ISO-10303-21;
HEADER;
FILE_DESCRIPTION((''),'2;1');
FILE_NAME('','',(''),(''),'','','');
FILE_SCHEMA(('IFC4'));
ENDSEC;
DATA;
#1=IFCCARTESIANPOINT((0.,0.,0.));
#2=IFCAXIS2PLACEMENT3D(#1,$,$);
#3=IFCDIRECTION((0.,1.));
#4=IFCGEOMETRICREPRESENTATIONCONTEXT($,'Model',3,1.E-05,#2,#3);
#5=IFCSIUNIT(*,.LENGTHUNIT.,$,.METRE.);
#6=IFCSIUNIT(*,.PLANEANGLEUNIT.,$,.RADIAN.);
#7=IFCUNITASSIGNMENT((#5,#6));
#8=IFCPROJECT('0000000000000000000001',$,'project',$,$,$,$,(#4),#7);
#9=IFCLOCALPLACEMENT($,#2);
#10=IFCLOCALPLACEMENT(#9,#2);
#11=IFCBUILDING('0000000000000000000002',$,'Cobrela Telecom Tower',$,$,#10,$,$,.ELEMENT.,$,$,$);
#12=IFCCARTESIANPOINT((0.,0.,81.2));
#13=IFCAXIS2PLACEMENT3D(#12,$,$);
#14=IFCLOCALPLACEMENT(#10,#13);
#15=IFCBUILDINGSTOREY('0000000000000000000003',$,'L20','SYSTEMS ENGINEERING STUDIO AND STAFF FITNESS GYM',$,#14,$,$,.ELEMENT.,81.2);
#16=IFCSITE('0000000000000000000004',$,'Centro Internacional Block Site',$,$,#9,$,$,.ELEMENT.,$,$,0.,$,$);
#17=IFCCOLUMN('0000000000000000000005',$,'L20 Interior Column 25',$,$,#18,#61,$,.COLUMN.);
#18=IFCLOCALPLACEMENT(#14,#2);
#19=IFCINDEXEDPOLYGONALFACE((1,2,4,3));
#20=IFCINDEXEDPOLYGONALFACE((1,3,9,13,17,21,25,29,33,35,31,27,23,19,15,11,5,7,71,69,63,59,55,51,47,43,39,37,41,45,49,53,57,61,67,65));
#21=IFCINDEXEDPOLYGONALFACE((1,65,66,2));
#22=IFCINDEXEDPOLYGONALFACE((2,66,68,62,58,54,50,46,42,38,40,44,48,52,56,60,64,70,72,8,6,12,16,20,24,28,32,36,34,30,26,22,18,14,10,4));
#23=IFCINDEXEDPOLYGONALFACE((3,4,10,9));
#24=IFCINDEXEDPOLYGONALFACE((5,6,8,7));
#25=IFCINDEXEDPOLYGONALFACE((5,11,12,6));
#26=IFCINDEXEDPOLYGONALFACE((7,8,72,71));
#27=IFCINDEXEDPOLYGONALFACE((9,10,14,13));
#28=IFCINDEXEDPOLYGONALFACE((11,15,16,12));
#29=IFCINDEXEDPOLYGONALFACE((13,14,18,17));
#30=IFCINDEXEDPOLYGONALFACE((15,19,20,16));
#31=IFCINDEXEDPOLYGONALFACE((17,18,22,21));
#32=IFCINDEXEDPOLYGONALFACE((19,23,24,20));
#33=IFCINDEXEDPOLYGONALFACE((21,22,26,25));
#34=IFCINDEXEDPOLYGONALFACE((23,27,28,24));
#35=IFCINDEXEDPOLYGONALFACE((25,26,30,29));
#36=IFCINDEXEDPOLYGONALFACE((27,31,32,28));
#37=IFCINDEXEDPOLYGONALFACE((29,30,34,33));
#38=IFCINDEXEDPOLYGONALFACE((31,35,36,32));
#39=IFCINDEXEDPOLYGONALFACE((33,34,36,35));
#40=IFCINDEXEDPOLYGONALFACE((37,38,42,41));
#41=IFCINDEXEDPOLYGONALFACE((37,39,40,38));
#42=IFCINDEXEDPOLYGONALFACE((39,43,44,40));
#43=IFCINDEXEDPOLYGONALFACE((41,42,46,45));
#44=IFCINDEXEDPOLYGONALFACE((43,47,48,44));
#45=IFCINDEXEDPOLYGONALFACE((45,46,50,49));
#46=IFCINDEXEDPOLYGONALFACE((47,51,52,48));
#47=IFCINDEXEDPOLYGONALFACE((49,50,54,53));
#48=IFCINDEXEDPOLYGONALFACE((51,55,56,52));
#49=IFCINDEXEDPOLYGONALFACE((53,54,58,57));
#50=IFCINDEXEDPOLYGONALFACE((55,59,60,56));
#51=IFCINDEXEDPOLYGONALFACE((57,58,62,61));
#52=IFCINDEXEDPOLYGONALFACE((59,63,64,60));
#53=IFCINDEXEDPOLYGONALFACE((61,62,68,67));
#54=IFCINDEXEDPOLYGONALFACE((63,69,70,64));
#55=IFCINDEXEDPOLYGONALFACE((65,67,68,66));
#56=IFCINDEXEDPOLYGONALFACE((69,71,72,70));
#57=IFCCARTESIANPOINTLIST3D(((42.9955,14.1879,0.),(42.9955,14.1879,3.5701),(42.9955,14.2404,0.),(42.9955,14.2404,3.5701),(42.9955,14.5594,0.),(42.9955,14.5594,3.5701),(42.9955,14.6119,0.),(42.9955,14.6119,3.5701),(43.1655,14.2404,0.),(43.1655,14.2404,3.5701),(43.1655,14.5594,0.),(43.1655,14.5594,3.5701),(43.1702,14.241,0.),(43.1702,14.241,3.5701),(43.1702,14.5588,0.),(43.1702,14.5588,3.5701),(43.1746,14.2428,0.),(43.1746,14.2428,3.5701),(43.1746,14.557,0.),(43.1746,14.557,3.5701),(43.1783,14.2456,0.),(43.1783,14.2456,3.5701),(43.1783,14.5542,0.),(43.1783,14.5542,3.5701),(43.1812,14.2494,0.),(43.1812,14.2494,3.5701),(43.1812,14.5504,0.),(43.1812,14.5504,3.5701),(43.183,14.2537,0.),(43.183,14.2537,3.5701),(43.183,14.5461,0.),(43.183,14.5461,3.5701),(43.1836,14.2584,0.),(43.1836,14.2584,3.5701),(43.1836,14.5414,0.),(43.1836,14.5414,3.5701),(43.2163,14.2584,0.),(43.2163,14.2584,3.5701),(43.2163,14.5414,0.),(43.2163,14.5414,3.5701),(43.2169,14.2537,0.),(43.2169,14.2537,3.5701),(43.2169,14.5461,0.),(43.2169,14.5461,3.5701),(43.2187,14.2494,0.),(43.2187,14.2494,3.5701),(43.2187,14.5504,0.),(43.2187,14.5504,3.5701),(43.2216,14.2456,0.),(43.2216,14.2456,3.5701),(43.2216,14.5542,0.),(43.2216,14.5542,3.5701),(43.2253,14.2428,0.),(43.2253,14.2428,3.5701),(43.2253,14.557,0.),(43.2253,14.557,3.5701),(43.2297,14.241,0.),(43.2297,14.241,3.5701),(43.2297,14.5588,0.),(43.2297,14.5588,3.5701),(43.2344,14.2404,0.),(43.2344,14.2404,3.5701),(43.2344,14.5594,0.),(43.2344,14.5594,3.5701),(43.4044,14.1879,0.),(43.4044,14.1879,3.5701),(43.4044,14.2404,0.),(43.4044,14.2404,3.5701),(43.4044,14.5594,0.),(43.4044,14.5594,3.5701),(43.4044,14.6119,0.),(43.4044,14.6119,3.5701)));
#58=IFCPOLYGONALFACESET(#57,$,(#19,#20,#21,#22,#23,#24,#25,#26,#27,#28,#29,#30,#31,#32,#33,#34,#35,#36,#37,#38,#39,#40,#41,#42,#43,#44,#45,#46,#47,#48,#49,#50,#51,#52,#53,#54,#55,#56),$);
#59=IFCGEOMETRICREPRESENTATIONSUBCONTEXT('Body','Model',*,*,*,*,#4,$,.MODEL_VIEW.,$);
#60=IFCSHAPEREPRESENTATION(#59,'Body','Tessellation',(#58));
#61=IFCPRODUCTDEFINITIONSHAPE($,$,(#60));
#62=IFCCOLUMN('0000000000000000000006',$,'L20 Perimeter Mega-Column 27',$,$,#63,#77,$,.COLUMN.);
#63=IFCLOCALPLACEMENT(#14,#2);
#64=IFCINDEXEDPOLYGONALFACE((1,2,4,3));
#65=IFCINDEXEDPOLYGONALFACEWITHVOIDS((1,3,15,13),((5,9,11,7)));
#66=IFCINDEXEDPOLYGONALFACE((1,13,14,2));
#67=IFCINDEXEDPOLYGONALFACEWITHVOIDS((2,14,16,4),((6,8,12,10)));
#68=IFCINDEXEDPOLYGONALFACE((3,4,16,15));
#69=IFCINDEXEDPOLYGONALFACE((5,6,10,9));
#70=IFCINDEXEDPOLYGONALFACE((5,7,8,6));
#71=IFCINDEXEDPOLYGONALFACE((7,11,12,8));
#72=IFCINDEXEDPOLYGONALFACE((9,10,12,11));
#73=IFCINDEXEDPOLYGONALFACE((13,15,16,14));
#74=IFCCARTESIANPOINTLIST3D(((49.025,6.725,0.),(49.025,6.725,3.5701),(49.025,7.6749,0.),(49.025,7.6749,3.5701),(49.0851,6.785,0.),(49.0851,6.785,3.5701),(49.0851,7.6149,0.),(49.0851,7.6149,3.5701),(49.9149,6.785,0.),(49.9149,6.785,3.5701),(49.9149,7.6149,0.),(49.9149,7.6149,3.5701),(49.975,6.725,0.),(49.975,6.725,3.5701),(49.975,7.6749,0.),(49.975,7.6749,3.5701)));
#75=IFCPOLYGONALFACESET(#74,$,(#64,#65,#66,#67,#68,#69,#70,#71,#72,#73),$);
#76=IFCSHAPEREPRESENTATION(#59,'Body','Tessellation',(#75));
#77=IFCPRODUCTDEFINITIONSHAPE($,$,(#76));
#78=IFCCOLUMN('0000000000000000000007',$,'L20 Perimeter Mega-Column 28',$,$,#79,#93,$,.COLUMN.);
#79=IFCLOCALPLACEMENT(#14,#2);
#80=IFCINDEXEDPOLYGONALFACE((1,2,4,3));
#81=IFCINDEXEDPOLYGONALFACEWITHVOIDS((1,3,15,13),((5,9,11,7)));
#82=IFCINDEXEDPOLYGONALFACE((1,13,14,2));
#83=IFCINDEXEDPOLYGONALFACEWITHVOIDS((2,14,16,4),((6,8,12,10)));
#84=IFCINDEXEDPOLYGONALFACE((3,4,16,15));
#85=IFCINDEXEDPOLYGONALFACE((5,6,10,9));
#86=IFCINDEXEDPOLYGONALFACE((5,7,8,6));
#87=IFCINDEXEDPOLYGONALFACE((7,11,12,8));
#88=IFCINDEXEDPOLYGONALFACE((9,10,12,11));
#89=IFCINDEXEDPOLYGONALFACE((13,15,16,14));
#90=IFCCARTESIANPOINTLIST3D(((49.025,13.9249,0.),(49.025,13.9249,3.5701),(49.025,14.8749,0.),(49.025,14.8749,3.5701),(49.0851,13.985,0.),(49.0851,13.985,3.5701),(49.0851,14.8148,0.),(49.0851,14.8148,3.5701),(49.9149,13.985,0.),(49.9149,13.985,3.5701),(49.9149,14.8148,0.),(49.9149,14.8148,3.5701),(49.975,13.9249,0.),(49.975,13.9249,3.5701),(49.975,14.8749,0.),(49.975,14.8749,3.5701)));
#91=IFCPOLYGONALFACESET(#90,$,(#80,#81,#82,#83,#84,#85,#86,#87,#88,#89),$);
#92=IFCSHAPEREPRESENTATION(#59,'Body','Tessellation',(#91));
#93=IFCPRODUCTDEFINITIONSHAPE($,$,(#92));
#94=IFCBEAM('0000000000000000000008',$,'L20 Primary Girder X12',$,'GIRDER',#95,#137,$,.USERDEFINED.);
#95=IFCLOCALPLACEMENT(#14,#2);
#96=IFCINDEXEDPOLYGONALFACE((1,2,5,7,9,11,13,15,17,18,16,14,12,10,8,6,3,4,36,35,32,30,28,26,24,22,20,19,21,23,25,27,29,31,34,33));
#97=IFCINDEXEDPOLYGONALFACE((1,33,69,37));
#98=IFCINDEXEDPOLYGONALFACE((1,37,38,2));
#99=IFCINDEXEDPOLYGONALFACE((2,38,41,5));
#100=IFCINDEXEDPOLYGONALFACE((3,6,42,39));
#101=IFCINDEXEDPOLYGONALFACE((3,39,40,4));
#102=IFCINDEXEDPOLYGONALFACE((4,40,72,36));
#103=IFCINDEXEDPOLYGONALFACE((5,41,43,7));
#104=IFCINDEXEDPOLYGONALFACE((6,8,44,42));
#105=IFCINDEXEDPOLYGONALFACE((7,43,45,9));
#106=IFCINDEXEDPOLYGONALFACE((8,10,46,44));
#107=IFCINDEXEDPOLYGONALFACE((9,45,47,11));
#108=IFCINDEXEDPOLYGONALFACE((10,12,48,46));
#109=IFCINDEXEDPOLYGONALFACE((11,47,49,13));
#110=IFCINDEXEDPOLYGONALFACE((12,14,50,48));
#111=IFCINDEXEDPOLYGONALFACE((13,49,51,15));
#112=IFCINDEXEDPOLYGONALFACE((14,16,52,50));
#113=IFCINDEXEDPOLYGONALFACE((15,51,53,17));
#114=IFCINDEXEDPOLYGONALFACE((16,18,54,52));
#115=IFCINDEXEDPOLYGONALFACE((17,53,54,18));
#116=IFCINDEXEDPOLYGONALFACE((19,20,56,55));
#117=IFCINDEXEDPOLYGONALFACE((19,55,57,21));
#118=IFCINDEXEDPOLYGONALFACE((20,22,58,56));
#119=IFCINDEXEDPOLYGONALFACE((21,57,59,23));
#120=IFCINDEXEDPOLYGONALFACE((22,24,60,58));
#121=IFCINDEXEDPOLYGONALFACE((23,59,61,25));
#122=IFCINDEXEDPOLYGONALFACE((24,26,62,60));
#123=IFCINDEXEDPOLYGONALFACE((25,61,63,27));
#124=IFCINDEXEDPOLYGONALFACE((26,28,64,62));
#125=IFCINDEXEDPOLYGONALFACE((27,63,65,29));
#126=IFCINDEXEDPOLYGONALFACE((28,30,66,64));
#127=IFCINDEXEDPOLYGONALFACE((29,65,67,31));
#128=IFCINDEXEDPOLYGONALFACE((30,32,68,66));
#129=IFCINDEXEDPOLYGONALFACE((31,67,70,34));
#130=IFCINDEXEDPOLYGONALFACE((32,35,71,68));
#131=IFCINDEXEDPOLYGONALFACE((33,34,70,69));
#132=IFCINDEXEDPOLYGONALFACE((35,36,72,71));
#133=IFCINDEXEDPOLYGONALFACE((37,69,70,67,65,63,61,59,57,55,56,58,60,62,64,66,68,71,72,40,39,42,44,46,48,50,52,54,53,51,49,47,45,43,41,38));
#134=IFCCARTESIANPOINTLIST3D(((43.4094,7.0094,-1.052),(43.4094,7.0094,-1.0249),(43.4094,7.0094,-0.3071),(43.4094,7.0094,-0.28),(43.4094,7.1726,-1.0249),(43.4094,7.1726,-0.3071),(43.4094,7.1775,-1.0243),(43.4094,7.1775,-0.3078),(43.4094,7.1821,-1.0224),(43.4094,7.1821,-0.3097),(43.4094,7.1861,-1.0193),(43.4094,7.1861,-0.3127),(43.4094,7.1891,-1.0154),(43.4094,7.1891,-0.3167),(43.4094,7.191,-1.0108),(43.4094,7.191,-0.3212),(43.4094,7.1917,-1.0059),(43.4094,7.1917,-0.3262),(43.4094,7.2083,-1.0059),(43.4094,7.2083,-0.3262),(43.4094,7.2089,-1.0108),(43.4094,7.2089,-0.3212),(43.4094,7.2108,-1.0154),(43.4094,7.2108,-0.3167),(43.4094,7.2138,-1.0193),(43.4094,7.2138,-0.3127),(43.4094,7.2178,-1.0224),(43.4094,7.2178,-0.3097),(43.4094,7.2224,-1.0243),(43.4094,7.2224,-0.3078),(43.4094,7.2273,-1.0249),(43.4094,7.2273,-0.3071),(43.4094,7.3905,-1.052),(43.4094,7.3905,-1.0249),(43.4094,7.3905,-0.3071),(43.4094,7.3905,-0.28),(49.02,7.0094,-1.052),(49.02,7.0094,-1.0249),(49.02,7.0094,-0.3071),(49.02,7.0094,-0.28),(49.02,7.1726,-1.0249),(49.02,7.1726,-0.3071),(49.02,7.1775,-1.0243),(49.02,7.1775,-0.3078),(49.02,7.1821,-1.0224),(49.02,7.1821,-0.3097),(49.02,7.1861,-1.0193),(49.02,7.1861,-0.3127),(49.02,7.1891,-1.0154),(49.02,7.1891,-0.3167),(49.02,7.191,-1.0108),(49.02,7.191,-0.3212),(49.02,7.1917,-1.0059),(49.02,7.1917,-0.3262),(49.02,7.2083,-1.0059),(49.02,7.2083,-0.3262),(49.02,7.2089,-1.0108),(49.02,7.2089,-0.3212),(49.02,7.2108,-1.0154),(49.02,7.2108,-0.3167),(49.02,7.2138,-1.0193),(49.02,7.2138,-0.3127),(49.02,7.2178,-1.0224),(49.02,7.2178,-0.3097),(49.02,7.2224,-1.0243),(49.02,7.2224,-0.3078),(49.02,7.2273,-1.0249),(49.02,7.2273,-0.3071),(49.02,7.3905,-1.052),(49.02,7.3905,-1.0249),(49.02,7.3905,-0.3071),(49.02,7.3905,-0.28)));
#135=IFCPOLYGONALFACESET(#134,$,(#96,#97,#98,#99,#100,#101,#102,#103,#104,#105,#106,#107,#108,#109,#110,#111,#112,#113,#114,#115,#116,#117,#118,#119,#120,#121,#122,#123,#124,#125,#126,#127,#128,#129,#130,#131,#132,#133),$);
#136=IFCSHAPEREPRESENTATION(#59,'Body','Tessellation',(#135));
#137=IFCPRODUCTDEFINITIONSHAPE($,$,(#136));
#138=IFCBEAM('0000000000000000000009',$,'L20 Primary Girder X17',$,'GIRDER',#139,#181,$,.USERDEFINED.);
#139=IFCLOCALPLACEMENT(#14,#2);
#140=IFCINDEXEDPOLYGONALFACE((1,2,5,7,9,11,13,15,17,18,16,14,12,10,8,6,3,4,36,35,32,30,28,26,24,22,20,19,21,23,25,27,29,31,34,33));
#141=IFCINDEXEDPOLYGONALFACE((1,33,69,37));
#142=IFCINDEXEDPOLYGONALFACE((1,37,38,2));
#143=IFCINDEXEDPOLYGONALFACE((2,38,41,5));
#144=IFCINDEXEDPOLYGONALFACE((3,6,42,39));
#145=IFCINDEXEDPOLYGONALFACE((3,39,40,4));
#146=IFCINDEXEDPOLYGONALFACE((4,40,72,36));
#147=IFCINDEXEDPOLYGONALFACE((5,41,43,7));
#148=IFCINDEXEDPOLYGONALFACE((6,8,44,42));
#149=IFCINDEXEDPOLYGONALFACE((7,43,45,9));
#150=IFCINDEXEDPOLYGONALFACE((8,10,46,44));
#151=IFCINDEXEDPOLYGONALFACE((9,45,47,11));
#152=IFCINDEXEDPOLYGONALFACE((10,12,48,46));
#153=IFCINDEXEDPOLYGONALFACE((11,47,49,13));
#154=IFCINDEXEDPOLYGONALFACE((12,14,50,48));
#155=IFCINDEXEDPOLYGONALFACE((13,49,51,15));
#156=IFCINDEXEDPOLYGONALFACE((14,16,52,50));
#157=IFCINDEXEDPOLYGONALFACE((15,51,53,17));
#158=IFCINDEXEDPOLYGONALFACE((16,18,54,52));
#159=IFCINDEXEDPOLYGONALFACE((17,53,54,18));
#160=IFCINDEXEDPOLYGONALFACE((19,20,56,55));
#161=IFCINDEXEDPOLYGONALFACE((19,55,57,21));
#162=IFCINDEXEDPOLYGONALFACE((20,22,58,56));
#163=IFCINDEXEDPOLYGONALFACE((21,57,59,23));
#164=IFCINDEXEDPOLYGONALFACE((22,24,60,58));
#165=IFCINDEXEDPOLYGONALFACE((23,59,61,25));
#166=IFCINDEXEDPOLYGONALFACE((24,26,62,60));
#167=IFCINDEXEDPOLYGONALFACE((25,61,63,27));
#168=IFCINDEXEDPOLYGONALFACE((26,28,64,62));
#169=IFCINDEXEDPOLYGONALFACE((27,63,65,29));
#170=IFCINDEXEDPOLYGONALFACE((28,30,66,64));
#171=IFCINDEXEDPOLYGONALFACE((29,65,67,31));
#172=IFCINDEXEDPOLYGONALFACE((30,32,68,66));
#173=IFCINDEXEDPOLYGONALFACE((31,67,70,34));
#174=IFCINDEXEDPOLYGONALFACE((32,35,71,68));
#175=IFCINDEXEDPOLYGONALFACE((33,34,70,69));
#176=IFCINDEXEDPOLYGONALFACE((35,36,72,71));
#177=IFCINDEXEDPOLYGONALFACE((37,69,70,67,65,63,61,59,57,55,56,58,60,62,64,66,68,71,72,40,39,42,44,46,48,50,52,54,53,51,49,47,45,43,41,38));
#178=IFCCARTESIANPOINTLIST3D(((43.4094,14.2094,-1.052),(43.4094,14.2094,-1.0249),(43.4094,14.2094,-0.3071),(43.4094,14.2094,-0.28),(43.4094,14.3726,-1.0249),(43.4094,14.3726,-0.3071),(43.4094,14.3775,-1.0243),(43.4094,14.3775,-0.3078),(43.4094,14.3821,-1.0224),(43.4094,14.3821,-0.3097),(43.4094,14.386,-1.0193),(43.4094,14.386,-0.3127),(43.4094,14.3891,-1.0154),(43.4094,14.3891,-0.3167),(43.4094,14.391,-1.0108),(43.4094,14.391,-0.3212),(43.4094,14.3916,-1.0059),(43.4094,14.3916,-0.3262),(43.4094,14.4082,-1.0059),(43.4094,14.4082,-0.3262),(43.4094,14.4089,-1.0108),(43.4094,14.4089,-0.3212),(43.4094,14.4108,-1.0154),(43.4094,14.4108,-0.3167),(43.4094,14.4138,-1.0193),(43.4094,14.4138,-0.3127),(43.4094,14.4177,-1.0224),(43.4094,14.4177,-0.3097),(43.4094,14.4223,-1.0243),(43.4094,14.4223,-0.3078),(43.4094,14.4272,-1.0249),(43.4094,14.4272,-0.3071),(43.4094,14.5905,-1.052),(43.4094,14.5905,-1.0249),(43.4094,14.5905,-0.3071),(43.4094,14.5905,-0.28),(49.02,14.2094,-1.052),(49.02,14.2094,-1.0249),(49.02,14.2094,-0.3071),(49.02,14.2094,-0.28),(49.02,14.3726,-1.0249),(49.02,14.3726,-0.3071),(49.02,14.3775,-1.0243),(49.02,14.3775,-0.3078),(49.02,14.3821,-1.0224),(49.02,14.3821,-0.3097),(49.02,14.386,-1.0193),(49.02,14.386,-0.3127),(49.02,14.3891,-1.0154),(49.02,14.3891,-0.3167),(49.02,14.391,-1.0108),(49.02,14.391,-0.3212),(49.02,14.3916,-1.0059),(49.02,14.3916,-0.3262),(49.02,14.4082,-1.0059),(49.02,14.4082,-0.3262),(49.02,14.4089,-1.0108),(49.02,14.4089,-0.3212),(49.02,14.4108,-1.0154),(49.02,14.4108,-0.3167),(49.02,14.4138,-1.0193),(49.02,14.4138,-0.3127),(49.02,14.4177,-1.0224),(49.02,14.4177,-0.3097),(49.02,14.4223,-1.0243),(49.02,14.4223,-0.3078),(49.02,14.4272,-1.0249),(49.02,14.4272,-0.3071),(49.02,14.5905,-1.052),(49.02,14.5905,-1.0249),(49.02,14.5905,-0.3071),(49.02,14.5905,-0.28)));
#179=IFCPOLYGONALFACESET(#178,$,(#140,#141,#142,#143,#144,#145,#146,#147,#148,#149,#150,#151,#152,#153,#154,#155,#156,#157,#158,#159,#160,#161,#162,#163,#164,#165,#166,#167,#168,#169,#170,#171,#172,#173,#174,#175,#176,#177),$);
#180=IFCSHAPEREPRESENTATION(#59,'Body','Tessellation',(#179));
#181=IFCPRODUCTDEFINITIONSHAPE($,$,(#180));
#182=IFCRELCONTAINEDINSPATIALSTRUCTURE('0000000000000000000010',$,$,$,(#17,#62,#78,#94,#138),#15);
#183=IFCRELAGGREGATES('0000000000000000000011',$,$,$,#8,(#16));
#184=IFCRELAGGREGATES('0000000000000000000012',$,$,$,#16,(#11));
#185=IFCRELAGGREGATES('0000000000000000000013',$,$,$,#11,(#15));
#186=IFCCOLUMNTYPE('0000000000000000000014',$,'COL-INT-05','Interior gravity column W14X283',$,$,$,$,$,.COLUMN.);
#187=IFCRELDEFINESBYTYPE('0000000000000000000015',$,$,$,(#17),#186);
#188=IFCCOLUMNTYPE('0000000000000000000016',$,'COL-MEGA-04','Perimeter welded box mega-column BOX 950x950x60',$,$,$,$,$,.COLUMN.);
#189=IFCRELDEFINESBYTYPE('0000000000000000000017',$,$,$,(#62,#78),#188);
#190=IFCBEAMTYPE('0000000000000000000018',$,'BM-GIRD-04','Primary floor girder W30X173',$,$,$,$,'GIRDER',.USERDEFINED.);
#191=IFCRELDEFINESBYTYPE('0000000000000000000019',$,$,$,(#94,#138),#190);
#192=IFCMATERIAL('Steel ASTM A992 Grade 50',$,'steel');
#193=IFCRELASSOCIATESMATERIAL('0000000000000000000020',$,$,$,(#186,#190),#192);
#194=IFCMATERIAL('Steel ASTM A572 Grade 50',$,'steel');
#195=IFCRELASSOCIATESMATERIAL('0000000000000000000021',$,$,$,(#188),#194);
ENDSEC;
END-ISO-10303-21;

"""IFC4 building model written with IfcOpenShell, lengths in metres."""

from ifc_helpers import new_model, si_unit, direction, frame, origin, origin_2d, place, context, subcontext, project, spatial, hollow_rectangle, i_section, extrude, material, material_profile, profile_set, type_object, element, save


model = new_model("IFC4")

# Units and contexts
model_context = context("Model", 3, precision=1e-05, world=origin(), true_north=direction((0.0, 1.0)))
body_context = subcontext(model_context, "Body", "Model", "MODEL_VIEW")
ifc_project = project(units=[si_unit("LENGTHUNIT", "METRE"), si_unit("PLANEANGLEUNIT", "RADIAN")], contexts=[model_context])

# Site, building, storey
site_placement = place(None, origin())
site = spatial("IfcSite", under=ifc_project, at=site_placement, Name="Centro Internacional Block Site", CompositionType="ELEMENT", RefElevation=0.0)
building_placement = place(site_placement, origin())
building = spatial("IfcBuilding", under=site, at=building_placement, Name="Cobrela Telecom Tower", CompositionType="ELEMENT")
storey_placement = place(building_placement, frame((0.0, 0.0, 81.2)))
storey = spatial("IfcBuildingStorey", under=building, at=storey_placement, Name="L20", Description="SYSTEMS ENGINEERING STUDIO AND STAFF FITNESS GYM", CompositionType="ELEMENT", Elevation=81.2)

# Columns
ifc_material_1 = material(Name="Steel ASTM A992 Grade 50", Category="steel")
ifc_material_profile_1 = material_profile(ifc_material_1, i_section(OverallWidth=0.4089, OverallDepth=0.4241, WebThickness=0.0327, FlangeThickness=0.0525, FilletRadius=0.0181, at=origin_2d()), Name="W14X283")
ifc_profile_set_1 = profile_set([ifc_material_profile_1], Name="Steel ASTM A992 Grade 50")
column_type_1 = type_object("IfcColumnType", Name="COL-INT-05", Description="Interior gravity column W14X283", PredefinedType="COLUMN", material=ifc_profile_set_1)
column_placement = place(storey_placement, frame((43.2, 14.3999, 0.0), z_axis=(0.0, 0.0, 1.0), x_axis=(1.0, 0.0, 0.0)))
element("IfcColumn", 1, at=column_placement, inside=storey, type_object=column_type_1, Name="L20 Interior Column 25", PredefinedType="COLUMN", context=body_context, shape_type="SweptSolid", body=[
    extrude(i_section(OverallWidth=0.4089, OverallDepth=0.4241, WebThickness=0.0327, FlangeThickness=0.0525, FilletRadius=0.0181, at=origin_2d()), origin(), (0.0, 0.0, 1.0), 3.5701),
])
ifc_material_2 = material(Name="Steel ASTM A572 Grade 50", Category="steel")
ifc_material_profile_2 = material_profile(ifc_material_2, hollow_rectangle(XDim=0.95, YDim=0.95, WallThickness=0.0601, at=origin_2d()), Name="BOX 950x950x60")
ifc_profile_set_2 = profile_set([ifc_material_profile_2], Name="Steel ASTM A572 Grade 50")
column_type_2 = type_object("IfcColumnType", Name="COL-MEGA-04", Description="Perimeter welded box mega-column BOX 950x950x60", PredefinedType="COLUMN", material=ifc_profile_set_2)
for number, where, z_axis, x_axis, name in (
    (2, (49.5, 7.2, 0.0), (0.0, 0.0, 1.0), (1.0, 0.0, 0.0), "L20 Perimeter Mega-Column 27"),
    (3, (49.5, 14.3999, 0.0), (0.0, 0.0, 1.0), (1.0, 0.0, 0.0), "L20 Perimeter Mega-Column 28"),
):
    element("IfcColumn", number, at=place(storey_placement, frame(where, z_axis=z_axis, x_axis=x_axis)), inside=storey, type_object=column_type_2, Name=name, PredefinedType="COLUMN", context=body_context, shape_type="SweptSolid", body=[
        extrude(hollow_rectangle(XDim=0.95, YDim=0.95, WallThickness=0.0601, at=origin_2d()), origin(), (0.0, 0.0, 1.0), 3.5701),
    ])

# Beams
ifc_material_profile_3 = material_profile(ifc_material_1, i_section(OverallWidth=0.3811, OverallDepth=0.772, WebThickness=0.0166, FlangeThickness=0.0271, FilletRadius=0.019, at=origin_2d()), Name="W30X173")
ifc_profile_set_3 = profile_set([ifc_material_profile_3], Name="Steel ASTM A992 Grade 50")
beam_type_1 = type_object("IfcBeamType", Name="BM-GIRD-04", Description="Primary floor girder W30X173", ElementType="GIRDER", PredefinedType="USERDEFINED", material=ifc_profile_set_3)
for number, where, z_axis, x_axis, name in (
    (4, (43.4094, 7.2, -0.666), (1.0, 0.0, 0.0), (0.0, 1.0, 0.0), "L20 Primary Girder X12"),
    (5, (43.4094, 14.3999, -0.666), (1.0, 0.0, 0.0), (0.0, 1.0, 0.0), "L20 Primary Girder X17"),
):
    element("IfcBeam", number, at=place(storey_placement, frame(where, z_axis=z_axis, x_axis=x_axis)), inside=storey, type_object=beam_type_1, Name=name, ObjectType="GIRDER", PredefinedType="USERDEFINED", context=body_context, shape_type="SweptSolid", body=[
        extrude(i_section(OverallWidth=0.3811, OverallDepth=0.772, WebThickness=0.0166, FlangeThickness=0.0271, FilletRadius=0.019, at=origin_2d()), origin(), (0.0, 0.0, 1.0), 5.6106),
    ])

save(model, "model.ifc")
